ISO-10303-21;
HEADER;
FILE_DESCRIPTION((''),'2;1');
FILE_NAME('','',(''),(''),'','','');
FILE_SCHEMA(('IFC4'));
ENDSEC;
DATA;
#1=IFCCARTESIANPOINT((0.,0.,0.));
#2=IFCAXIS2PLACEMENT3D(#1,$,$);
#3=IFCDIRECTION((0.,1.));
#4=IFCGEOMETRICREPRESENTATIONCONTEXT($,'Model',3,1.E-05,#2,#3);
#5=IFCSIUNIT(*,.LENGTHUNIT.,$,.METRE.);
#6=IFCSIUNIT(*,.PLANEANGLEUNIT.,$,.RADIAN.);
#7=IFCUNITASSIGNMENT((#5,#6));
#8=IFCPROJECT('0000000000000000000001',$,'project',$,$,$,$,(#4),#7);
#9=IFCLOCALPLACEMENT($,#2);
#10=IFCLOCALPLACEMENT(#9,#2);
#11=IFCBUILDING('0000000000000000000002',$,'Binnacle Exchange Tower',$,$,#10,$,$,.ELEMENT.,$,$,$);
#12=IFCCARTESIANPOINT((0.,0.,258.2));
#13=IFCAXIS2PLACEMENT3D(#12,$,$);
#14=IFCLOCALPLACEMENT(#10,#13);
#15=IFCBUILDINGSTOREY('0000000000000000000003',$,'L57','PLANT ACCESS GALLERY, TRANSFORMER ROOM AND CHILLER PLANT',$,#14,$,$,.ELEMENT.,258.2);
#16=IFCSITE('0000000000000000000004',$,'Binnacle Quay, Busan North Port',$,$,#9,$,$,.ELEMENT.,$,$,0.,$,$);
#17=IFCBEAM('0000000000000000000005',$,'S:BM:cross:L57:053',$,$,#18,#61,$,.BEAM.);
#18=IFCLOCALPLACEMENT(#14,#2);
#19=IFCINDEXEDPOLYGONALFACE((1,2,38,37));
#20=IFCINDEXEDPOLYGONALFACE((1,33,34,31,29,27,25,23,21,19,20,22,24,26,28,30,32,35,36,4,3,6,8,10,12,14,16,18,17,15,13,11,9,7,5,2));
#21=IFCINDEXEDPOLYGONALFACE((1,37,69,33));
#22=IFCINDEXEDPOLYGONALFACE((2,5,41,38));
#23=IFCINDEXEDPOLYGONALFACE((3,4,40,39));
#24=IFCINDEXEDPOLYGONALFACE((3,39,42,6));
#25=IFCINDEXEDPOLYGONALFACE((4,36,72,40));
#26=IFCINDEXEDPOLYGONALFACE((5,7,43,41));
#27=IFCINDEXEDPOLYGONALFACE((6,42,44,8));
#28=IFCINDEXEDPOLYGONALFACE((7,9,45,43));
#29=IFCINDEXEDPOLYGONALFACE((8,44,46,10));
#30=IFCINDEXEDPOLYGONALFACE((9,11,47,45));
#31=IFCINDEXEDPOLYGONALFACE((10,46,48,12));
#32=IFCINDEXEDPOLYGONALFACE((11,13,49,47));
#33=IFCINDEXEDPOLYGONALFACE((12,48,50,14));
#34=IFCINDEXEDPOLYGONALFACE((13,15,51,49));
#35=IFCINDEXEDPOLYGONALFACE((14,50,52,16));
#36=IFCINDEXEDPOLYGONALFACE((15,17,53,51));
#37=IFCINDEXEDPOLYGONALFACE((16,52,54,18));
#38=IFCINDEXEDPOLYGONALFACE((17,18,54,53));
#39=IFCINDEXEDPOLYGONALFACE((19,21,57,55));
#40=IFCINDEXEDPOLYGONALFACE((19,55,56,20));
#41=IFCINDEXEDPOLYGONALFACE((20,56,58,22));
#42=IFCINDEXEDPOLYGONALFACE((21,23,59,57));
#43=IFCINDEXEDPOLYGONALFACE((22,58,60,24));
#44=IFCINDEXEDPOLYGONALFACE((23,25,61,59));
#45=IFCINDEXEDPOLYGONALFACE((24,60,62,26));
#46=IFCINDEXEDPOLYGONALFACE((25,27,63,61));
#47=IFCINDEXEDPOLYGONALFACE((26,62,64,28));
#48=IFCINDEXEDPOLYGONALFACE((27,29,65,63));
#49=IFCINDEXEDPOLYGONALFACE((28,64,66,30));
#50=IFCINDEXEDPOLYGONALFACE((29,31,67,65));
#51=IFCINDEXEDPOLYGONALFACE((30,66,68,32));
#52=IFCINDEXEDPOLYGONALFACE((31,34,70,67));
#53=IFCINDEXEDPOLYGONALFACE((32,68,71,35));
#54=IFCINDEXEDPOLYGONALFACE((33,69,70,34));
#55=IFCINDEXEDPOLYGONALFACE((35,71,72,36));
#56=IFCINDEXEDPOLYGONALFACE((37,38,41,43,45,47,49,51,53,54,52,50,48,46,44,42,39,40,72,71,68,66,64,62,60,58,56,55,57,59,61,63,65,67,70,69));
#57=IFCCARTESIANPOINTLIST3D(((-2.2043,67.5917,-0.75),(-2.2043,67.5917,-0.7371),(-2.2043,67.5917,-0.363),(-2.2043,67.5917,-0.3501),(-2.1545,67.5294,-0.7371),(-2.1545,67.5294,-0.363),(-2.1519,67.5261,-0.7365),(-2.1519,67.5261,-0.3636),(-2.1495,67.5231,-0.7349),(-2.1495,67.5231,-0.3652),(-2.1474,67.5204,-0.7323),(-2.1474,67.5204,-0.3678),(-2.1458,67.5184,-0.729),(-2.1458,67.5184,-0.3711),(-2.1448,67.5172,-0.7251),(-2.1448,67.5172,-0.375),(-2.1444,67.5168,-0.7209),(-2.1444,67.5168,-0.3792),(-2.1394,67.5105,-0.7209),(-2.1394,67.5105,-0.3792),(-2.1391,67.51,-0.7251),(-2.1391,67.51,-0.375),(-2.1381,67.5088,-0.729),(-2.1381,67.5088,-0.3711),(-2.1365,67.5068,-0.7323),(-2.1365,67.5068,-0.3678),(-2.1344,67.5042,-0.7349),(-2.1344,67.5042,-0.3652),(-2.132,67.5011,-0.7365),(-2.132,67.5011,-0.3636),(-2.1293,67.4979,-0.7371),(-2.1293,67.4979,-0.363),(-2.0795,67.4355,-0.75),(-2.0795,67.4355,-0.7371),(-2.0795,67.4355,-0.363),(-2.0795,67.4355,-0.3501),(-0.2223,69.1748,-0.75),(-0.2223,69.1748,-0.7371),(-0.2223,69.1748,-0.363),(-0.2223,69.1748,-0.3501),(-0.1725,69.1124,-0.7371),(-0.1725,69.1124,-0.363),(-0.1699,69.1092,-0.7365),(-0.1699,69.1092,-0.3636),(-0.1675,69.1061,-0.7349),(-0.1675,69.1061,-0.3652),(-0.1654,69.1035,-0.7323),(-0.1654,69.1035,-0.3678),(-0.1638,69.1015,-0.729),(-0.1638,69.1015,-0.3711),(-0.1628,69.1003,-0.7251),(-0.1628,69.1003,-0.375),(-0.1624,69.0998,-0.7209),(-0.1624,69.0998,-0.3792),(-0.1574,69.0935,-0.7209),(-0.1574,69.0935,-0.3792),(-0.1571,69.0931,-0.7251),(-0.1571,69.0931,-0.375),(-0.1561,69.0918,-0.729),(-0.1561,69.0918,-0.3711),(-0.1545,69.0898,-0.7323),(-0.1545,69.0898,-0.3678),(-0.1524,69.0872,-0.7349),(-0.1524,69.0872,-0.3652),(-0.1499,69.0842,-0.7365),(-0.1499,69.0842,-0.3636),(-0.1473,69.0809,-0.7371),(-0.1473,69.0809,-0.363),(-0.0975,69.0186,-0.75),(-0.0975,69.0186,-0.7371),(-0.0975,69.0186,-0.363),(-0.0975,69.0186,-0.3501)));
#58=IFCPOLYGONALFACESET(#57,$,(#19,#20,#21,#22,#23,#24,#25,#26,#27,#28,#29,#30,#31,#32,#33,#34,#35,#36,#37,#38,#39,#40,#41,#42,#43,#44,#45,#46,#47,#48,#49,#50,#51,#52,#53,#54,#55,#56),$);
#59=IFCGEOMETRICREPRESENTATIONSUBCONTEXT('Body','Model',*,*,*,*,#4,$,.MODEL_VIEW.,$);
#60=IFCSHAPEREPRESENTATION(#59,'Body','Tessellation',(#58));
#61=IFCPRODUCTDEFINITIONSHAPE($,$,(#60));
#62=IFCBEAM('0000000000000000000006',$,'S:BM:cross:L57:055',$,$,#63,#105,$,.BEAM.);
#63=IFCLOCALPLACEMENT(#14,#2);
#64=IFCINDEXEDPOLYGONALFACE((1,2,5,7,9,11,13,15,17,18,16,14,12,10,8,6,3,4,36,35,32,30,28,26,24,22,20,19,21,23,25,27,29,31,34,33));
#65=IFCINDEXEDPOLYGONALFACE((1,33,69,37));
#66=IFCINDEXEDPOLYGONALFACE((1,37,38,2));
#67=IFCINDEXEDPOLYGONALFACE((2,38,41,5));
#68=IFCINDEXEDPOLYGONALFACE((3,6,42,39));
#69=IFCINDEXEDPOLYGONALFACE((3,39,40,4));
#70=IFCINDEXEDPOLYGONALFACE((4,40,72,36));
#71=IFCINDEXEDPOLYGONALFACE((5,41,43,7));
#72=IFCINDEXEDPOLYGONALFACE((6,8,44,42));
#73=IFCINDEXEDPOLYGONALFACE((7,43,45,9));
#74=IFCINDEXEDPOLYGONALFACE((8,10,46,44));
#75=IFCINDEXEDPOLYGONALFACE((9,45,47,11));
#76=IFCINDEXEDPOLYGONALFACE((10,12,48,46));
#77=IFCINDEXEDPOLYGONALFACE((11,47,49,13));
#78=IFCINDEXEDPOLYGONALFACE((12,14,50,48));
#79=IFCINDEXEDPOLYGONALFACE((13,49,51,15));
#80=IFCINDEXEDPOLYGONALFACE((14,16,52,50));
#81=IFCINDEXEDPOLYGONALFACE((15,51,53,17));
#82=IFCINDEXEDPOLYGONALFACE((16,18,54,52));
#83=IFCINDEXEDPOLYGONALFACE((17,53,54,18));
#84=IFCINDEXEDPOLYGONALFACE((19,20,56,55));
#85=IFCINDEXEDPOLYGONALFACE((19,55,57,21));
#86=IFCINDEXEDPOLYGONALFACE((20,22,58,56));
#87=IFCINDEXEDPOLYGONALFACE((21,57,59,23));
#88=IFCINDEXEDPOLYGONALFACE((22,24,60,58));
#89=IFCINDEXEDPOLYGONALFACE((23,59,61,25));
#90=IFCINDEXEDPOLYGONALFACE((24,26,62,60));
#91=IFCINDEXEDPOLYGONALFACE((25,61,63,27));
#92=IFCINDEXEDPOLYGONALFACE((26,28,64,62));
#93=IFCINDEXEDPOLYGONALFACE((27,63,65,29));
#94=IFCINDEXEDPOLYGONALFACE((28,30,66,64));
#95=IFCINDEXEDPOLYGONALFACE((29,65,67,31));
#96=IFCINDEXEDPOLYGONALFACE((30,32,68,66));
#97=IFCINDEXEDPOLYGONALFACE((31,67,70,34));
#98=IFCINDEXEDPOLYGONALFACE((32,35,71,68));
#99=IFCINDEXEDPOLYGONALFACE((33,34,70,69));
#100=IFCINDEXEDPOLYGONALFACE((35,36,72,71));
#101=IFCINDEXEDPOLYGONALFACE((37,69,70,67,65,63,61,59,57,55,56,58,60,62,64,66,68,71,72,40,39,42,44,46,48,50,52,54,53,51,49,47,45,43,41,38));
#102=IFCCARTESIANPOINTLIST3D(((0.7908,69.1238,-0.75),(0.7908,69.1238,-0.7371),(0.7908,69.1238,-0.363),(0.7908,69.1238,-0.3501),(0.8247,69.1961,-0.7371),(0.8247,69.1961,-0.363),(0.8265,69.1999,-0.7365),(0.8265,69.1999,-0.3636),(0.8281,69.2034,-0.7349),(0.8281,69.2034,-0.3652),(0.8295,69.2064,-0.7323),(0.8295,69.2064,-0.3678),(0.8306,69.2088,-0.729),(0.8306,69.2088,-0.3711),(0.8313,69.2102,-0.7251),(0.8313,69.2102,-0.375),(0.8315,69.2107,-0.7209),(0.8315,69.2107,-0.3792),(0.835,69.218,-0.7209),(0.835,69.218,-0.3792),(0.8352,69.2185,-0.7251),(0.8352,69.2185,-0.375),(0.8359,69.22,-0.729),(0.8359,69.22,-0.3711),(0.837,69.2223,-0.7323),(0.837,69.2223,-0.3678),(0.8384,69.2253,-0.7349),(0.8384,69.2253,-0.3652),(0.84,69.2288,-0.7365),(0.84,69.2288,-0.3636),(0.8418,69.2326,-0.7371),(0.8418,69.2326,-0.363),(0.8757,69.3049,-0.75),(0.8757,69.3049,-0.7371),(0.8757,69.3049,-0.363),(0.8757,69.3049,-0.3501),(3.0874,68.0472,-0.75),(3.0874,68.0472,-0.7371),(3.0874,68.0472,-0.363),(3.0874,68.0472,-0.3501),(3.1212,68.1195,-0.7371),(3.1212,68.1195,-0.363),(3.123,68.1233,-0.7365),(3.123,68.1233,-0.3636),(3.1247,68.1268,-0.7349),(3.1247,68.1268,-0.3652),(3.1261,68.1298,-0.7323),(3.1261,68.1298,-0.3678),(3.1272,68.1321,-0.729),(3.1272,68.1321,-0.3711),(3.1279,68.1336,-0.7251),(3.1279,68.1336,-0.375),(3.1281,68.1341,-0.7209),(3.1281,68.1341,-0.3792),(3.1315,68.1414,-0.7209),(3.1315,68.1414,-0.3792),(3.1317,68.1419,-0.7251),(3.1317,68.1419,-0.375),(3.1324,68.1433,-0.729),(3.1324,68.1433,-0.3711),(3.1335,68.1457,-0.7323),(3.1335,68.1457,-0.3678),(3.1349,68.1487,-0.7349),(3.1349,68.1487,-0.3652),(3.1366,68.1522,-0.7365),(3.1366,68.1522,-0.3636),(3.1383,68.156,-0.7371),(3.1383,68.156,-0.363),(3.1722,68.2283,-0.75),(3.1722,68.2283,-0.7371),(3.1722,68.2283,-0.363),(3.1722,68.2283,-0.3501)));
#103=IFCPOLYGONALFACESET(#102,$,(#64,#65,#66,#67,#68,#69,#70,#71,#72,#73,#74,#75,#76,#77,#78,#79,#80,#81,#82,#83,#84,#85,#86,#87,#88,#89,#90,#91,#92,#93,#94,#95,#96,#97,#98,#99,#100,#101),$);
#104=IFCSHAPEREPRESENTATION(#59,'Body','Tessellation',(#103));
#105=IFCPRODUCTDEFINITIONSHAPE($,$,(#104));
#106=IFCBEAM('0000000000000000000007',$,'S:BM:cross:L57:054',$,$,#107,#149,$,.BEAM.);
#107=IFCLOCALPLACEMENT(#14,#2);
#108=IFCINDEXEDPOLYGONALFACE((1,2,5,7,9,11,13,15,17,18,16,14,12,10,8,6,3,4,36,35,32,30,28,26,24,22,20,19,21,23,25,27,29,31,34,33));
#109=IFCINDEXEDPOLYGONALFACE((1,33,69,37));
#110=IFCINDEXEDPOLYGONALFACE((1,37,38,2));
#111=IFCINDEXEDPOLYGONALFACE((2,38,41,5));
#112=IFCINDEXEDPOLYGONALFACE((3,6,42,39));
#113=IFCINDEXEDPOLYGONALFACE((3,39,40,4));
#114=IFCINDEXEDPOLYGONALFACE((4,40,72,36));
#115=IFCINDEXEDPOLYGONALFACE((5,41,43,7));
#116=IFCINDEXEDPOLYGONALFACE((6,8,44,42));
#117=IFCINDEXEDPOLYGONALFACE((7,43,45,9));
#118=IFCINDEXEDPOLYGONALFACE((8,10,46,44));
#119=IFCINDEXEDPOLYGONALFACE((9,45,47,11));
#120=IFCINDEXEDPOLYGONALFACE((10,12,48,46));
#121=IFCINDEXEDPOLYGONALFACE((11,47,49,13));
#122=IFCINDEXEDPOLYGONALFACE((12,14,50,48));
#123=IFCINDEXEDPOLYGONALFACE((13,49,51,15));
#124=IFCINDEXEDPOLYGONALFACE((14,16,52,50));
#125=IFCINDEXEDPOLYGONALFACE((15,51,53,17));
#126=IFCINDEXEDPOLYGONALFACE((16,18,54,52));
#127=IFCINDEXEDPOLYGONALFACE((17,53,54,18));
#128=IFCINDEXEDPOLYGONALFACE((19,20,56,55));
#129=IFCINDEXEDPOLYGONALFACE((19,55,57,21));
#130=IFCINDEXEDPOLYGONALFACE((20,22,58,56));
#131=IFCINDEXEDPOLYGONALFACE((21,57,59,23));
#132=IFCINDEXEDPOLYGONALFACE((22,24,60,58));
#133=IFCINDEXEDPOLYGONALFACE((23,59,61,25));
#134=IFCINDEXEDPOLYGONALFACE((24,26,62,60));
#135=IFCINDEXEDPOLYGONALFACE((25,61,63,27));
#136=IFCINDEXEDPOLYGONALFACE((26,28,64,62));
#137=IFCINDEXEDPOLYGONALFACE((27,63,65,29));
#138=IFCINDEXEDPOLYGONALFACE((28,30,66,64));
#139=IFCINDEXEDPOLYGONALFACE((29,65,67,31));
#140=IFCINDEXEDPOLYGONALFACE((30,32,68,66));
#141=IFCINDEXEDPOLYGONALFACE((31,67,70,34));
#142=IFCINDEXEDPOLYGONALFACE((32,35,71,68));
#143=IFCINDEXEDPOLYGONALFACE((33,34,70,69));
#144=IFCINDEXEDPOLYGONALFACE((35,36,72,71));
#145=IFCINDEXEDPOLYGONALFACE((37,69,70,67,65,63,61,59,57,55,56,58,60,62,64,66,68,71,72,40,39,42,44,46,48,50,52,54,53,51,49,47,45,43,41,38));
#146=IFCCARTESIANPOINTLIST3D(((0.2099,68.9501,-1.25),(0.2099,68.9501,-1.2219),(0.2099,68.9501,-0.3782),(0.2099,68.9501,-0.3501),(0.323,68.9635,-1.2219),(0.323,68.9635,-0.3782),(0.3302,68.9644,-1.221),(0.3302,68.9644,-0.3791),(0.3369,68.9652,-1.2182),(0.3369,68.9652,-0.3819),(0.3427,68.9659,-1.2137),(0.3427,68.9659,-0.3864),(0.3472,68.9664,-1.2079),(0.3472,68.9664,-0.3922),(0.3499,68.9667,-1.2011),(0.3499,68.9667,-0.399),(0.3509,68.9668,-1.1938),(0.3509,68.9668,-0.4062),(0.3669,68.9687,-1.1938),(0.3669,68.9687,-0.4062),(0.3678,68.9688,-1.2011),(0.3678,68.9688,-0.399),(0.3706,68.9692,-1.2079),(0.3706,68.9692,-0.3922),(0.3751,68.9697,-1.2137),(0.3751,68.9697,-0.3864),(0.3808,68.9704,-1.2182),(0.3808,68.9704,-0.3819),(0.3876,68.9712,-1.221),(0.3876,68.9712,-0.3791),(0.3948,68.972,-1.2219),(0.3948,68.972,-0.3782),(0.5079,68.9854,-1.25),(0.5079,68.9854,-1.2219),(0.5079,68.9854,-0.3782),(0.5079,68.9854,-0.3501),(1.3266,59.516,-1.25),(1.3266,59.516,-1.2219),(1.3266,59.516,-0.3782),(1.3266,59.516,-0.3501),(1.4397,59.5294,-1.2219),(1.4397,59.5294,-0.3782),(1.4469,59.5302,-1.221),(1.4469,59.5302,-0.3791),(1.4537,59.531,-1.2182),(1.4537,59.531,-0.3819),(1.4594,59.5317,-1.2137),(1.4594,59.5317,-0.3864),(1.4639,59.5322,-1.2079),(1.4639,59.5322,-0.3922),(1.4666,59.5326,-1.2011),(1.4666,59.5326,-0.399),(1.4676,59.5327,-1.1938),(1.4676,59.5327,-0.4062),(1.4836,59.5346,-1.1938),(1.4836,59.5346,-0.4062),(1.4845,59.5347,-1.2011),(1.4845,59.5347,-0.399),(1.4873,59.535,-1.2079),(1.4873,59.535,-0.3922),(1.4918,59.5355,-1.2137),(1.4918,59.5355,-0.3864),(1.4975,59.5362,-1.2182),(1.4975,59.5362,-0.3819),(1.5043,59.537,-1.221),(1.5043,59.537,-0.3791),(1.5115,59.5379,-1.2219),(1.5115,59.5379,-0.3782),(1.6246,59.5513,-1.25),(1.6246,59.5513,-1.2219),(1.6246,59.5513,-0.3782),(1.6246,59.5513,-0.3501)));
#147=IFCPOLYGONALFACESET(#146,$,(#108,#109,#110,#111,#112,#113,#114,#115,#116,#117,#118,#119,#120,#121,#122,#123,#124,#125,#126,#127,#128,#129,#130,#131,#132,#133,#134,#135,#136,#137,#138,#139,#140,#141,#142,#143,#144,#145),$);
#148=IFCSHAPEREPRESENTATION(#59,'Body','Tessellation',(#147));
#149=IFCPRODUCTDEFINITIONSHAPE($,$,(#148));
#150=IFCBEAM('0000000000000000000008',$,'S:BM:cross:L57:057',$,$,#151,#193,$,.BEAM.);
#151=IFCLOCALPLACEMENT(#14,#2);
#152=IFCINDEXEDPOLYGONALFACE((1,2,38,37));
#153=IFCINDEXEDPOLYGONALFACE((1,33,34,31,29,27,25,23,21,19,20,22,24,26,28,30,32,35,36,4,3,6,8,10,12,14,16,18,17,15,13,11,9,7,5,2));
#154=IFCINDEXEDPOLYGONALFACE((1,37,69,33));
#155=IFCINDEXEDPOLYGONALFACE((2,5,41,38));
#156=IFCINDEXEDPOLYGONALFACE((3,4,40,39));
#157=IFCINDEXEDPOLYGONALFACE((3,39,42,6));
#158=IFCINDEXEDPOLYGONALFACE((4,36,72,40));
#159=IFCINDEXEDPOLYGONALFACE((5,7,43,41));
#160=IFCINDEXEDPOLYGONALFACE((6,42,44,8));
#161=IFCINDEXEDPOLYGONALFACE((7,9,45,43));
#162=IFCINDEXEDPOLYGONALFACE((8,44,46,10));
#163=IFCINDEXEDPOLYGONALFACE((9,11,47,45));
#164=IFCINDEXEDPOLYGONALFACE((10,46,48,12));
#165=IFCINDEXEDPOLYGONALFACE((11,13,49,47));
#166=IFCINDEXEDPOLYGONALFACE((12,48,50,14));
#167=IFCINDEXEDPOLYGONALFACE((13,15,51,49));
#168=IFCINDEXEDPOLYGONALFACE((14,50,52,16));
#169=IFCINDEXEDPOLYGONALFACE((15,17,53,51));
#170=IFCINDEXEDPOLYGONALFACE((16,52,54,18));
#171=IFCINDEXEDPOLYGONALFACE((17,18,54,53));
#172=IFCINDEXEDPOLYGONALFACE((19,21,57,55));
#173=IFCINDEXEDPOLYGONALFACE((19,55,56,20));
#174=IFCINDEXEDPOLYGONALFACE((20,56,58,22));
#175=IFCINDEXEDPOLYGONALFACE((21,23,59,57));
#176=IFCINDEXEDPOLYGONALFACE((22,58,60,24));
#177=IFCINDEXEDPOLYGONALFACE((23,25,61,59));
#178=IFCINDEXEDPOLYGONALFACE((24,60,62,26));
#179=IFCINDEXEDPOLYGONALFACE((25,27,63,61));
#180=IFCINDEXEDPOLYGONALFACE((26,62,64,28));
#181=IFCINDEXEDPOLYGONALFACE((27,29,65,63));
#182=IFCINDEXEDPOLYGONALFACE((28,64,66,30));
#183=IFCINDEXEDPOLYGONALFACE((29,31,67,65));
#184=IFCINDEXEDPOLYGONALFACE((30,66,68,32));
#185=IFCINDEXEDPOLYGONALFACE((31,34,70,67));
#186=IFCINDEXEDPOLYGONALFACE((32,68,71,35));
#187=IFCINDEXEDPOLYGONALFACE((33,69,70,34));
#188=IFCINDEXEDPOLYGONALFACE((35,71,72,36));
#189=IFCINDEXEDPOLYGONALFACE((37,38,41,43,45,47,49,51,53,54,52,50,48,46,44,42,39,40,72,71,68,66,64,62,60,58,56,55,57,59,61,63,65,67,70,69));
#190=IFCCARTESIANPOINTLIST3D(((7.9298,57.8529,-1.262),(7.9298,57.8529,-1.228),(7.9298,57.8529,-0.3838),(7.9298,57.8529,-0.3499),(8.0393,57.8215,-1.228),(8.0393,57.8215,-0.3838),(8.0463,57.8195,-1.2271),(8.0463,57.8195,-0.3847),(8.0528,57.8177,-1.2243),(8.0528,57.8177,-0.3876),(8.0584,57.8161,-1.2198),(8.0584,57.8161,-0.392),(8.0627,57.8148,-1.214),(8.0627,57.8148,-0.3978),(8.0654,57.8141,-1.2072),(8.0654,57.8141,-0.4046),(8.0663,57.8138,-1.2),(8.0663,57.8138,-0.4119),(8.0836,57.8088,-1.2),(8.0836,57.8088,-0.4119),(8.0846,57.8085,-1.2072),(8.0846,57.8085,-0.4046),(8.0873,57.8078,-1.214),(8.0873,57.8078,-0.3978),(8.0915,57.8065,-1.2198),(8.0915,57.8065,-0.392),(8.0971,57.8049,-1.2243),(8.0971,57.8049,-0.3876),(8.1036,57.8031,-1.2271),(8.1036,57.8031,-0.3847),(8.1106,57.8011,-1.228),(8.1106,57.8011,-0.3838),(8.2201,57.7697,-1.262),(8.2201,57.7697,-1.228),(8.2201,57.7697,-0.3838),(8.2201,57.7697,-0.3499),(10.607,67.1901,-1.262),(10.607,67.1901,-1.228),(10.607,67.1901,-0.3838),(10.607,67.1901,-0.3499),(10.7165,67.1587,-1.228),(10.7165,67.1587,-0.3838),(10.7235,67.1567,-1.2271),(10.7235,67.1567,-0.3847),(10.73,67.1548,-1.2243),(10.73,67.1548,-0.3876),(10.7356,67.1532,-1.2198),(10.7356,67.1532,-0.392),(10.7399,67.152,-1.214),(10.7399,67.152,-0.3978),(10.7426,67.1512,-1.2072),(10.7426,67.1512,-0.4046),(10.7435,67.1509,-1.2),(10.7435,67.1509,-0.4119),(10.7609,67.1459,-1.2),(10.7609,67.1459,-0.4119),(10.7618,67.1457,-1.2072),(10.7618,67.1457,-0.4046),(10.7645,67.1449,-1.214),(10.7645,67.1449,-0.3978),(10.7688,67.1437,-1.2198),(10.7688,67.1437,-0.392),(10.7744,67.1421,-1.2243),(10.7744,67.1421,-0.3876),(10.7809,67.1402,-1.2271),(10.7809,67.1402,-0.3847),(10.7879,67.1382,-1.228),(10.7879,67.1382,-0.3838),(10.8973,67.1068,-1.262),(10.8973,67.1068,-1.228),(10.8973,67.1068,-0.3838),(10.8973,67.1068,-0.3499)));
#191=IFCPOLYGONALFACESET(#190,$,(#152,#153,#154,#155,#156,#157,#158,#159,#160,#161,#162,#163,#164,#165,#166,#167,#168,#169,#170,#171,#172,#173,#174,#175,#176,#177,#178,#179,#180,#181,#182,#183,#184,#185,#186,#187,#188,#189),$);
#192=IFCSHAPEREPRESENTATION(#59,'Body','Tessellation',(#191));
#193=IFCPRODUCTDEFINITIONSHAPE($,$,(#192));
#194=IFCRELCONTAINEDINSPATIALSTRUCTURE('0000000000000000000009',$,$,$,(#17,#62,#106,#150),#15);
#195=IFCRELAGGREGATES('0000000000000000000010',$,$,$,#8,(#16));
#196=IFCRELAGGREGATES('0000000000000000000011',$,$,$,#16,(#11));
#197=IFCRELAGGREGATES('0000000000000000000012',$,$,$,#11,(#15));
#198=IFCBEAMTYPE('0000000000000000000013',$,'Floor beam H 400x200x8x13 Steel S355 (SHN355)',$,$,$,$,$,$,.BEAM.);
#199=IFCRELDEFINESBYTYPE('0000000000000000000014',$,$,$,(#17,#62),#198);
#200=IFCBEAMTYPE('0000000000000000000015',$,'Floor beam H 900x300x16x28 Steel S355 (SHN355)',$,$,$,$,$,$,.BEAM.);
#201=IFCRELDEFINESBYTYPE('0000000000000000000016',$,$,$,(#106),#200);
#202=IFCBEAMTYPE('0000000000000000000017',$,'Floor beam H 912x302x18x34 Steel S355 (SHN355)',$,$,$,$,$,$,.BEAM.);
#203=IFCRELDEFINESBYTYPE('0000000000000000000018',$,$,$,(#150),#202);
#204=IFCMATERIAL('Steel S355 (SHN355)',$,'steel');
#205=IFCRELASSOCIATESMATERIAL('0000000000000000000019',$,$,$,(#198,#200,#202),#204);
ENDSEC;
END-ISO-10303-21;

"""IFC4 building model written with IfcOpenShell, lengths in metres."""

from ifc_helpers import new_model, si_unit, direction, frame, origin, origin_2d, place, context, subcontext, project, spatial, i_section, extrude, material, material_profile, profile_set, type_object, element, save


model = new_model("IFC4")

# Units and contexts
model_context = context("Model", 3, precision=1e-05, world=origin(), true_north=direction((0.0, 1.0)))
body_context = subcontext(model_context, "Body", "Model", "MODEL_VIEW")
ifc_project = project(units=[si_unit("LENGTHUNIT", "METRE"), si_unit("PLANEANGLEUNIT", "RADIAN")], contexts=[model_context])

# Site, building, storey
site_placement = place(None, origin())
site = spatial("IfcSite", under=ifc_project, at=site_placement, Name="Binnacle Quay, Busan North Port", CompositionType="ELEMENT", RefElevation=0.0)
building_placement = place(site_placement, origin())
building = spatial("IfcBuilding", under=site, at=building_placement, Name="Binnacle Exchange Tower", CompositionType="ELEMENT")
storey_placement = place(building_placement, frame((0.0, 0.0, 258.2)))
storey = spatial("IfcBuildingStorey", under=building, at=storey_placement, Name="L57", Description="PLANT ACCESS GALLERY, TRANSFORMER ROOM AND CHILLER PLANT", CompositionType="ELEMENT", Elevation=258.2)

# Shared definitions
ifc_material_1 = material(Name="Steel S355 (SHN355)", Category="steel")

# Beams
ifc_material_profile_1 = material_profile(ifc_material_1, i_section(OverallWidth=0.2, OverallDepth=0.3999, WebThickness=0.0081, FlangeThickness=0.0129, FilletRadius=0.0161, at=origin_2d()), Name="H 400x200x8x13")
ifc_profile_set_1 = profile_set([ifc_material_profile_1], Name="Steel S355 (SHN355)")
beam_type_1 = type_object("IfcBeamType", Name="Floor beam H 400x200x8x13 Steel S355 (SHN355)", PredefinedType="BEAM", material=ifc_profile_set_1)
beam_1_placement = place(storey_placement, frame((-0.1599, 69.0967, -0.55), z_axis=(-0.781357, -0.624084, 0.0), x_axis=(0.624084, -0.781357, 0.0)))
element("IfcBeam", 1, at=beam_1_placement, inside=storey, type_object=beam_type_1, Name="S:BM:cross:L57:053", PredefinedType="BEAM", context=body_context, shape_type="SweptSolid", body=[
    extrude(i_section(OverallWidth=0.2, OverallDepth=0.3999, WebThickness=0.0081, FlangeThickness=0.0129, FilletRadius=0.0161, at=origin_2d()), origin(), (0.0, 0.0, 1.0), 2.5366),
])
beam_2_placement = place(storey_placement, frame((0.8333, 69.2144, -0.55), z_axis=(0.905442, -0.424471, 0.0), x_axis=(0.424471, 0.905442, 0.0)))
element("IfcBeam", 2, at=beam_2_placement, inside=storey, type_object=beam_type_1, Name="S:BM:cross:L57:055", PredefinedType="BEAM", context=body_context, shape_type="SweptSolid", body=[
    extrude(i_section(OverallWidth=0.2, OverallDepth=0.3999, WebThickness=0.0081, FlangeThickness=0.0129, FilletRadius=0.0161, at=origin_2d()), origin(), (0.0, 0.0, 1.0), 2.5364),
])
ifc_material_profile_2 = material_profile(ifc_material_1, i_section(OverallWidth=0.3, OverallDepth=0.8999, WebThickness=0.0161, FlangeThickness=0.0281, FilletRadius=0.0281, at=origin_2d()), Name="H 900x300x16x28")
ifc_profile_set_2 = profile_set([ifc_material_profile_2], Name="Steel S355 (SHN355)")
beam_type_2 = type_object("IfcBeamType", Name="Floor beam H 900x300x16x28 Steel S355 (SHN355)", PredefinedType="BEAM", material=ifc_profile_set_2)
beam_3_placement = place(storey_placement, frame((0.3589, 68.9678, -0.8), z_axis=(0.117548, -0.993067, 0.0), x_axis=(0.993067, 0.117548, 0.0)))
element("IfcBeam", 3, at=beam_3_placement, inside=storey, type_object=beam_type_2, Name="S:BM:cross:L57:054", PredefinedType="BEAM", context=body_context, shape_type="SweptSolid", body=[
    extrude(i_section(OverallWidth=0.3, OverallDepth=0.8999, WebThickness=0.0161, FlangeThickness=0.0281, FilletRadius=0.0281, at=origin_2d()), origin(), (0.0, 0.0, 1.0), 9.5),
])
ifc_material_profile_3 = material_profile(ifc_material_1, i_section(OverallWidth=0.302, OverallDepth=0.9121, WebThickness=0.0181, FlangeThickness=0.0339, FilletRadius=0.0281, at=origin_2d()), Name="H 912x302x18x34")
ifc_profile_set_3 = profile_set([ifc_material_profile_3], Name="Steel S355 (SHN355)")
beam_type_3 = type_object("IfcBeamType", Name="Floor beam H 912x302x18x34 Steel S355 (SHN355)", PredefinedType="BEAM", material=ifc_profile_set_3)
beam_4_placement = place(storey_placement, frame((10.7522, 67.1484, -0.8059), z_axis=(-0.275624, -0.961266, 0.0), x_axis=(0.961266, -0.275624, 0.0)))
element("IfcBeam", 4, at=beam_4_placement, inside=storey, type_object=beam_type_3, Name="S:BM:cross:L57:057", PredefinedType="BEAM", context=body_context, shape_type="SweptSolid", body=[
    extrude(i_section(OverallWidth=0.302, OverallDepth=0.9121, WebThickness=0.0181, FlangeThickness=0.0339, FilletRadius=0.0281, at=origin_2d()), origin(), (0.0, 0.0, 1.0), 9.7134),
])

save(model, "model.ifc")
